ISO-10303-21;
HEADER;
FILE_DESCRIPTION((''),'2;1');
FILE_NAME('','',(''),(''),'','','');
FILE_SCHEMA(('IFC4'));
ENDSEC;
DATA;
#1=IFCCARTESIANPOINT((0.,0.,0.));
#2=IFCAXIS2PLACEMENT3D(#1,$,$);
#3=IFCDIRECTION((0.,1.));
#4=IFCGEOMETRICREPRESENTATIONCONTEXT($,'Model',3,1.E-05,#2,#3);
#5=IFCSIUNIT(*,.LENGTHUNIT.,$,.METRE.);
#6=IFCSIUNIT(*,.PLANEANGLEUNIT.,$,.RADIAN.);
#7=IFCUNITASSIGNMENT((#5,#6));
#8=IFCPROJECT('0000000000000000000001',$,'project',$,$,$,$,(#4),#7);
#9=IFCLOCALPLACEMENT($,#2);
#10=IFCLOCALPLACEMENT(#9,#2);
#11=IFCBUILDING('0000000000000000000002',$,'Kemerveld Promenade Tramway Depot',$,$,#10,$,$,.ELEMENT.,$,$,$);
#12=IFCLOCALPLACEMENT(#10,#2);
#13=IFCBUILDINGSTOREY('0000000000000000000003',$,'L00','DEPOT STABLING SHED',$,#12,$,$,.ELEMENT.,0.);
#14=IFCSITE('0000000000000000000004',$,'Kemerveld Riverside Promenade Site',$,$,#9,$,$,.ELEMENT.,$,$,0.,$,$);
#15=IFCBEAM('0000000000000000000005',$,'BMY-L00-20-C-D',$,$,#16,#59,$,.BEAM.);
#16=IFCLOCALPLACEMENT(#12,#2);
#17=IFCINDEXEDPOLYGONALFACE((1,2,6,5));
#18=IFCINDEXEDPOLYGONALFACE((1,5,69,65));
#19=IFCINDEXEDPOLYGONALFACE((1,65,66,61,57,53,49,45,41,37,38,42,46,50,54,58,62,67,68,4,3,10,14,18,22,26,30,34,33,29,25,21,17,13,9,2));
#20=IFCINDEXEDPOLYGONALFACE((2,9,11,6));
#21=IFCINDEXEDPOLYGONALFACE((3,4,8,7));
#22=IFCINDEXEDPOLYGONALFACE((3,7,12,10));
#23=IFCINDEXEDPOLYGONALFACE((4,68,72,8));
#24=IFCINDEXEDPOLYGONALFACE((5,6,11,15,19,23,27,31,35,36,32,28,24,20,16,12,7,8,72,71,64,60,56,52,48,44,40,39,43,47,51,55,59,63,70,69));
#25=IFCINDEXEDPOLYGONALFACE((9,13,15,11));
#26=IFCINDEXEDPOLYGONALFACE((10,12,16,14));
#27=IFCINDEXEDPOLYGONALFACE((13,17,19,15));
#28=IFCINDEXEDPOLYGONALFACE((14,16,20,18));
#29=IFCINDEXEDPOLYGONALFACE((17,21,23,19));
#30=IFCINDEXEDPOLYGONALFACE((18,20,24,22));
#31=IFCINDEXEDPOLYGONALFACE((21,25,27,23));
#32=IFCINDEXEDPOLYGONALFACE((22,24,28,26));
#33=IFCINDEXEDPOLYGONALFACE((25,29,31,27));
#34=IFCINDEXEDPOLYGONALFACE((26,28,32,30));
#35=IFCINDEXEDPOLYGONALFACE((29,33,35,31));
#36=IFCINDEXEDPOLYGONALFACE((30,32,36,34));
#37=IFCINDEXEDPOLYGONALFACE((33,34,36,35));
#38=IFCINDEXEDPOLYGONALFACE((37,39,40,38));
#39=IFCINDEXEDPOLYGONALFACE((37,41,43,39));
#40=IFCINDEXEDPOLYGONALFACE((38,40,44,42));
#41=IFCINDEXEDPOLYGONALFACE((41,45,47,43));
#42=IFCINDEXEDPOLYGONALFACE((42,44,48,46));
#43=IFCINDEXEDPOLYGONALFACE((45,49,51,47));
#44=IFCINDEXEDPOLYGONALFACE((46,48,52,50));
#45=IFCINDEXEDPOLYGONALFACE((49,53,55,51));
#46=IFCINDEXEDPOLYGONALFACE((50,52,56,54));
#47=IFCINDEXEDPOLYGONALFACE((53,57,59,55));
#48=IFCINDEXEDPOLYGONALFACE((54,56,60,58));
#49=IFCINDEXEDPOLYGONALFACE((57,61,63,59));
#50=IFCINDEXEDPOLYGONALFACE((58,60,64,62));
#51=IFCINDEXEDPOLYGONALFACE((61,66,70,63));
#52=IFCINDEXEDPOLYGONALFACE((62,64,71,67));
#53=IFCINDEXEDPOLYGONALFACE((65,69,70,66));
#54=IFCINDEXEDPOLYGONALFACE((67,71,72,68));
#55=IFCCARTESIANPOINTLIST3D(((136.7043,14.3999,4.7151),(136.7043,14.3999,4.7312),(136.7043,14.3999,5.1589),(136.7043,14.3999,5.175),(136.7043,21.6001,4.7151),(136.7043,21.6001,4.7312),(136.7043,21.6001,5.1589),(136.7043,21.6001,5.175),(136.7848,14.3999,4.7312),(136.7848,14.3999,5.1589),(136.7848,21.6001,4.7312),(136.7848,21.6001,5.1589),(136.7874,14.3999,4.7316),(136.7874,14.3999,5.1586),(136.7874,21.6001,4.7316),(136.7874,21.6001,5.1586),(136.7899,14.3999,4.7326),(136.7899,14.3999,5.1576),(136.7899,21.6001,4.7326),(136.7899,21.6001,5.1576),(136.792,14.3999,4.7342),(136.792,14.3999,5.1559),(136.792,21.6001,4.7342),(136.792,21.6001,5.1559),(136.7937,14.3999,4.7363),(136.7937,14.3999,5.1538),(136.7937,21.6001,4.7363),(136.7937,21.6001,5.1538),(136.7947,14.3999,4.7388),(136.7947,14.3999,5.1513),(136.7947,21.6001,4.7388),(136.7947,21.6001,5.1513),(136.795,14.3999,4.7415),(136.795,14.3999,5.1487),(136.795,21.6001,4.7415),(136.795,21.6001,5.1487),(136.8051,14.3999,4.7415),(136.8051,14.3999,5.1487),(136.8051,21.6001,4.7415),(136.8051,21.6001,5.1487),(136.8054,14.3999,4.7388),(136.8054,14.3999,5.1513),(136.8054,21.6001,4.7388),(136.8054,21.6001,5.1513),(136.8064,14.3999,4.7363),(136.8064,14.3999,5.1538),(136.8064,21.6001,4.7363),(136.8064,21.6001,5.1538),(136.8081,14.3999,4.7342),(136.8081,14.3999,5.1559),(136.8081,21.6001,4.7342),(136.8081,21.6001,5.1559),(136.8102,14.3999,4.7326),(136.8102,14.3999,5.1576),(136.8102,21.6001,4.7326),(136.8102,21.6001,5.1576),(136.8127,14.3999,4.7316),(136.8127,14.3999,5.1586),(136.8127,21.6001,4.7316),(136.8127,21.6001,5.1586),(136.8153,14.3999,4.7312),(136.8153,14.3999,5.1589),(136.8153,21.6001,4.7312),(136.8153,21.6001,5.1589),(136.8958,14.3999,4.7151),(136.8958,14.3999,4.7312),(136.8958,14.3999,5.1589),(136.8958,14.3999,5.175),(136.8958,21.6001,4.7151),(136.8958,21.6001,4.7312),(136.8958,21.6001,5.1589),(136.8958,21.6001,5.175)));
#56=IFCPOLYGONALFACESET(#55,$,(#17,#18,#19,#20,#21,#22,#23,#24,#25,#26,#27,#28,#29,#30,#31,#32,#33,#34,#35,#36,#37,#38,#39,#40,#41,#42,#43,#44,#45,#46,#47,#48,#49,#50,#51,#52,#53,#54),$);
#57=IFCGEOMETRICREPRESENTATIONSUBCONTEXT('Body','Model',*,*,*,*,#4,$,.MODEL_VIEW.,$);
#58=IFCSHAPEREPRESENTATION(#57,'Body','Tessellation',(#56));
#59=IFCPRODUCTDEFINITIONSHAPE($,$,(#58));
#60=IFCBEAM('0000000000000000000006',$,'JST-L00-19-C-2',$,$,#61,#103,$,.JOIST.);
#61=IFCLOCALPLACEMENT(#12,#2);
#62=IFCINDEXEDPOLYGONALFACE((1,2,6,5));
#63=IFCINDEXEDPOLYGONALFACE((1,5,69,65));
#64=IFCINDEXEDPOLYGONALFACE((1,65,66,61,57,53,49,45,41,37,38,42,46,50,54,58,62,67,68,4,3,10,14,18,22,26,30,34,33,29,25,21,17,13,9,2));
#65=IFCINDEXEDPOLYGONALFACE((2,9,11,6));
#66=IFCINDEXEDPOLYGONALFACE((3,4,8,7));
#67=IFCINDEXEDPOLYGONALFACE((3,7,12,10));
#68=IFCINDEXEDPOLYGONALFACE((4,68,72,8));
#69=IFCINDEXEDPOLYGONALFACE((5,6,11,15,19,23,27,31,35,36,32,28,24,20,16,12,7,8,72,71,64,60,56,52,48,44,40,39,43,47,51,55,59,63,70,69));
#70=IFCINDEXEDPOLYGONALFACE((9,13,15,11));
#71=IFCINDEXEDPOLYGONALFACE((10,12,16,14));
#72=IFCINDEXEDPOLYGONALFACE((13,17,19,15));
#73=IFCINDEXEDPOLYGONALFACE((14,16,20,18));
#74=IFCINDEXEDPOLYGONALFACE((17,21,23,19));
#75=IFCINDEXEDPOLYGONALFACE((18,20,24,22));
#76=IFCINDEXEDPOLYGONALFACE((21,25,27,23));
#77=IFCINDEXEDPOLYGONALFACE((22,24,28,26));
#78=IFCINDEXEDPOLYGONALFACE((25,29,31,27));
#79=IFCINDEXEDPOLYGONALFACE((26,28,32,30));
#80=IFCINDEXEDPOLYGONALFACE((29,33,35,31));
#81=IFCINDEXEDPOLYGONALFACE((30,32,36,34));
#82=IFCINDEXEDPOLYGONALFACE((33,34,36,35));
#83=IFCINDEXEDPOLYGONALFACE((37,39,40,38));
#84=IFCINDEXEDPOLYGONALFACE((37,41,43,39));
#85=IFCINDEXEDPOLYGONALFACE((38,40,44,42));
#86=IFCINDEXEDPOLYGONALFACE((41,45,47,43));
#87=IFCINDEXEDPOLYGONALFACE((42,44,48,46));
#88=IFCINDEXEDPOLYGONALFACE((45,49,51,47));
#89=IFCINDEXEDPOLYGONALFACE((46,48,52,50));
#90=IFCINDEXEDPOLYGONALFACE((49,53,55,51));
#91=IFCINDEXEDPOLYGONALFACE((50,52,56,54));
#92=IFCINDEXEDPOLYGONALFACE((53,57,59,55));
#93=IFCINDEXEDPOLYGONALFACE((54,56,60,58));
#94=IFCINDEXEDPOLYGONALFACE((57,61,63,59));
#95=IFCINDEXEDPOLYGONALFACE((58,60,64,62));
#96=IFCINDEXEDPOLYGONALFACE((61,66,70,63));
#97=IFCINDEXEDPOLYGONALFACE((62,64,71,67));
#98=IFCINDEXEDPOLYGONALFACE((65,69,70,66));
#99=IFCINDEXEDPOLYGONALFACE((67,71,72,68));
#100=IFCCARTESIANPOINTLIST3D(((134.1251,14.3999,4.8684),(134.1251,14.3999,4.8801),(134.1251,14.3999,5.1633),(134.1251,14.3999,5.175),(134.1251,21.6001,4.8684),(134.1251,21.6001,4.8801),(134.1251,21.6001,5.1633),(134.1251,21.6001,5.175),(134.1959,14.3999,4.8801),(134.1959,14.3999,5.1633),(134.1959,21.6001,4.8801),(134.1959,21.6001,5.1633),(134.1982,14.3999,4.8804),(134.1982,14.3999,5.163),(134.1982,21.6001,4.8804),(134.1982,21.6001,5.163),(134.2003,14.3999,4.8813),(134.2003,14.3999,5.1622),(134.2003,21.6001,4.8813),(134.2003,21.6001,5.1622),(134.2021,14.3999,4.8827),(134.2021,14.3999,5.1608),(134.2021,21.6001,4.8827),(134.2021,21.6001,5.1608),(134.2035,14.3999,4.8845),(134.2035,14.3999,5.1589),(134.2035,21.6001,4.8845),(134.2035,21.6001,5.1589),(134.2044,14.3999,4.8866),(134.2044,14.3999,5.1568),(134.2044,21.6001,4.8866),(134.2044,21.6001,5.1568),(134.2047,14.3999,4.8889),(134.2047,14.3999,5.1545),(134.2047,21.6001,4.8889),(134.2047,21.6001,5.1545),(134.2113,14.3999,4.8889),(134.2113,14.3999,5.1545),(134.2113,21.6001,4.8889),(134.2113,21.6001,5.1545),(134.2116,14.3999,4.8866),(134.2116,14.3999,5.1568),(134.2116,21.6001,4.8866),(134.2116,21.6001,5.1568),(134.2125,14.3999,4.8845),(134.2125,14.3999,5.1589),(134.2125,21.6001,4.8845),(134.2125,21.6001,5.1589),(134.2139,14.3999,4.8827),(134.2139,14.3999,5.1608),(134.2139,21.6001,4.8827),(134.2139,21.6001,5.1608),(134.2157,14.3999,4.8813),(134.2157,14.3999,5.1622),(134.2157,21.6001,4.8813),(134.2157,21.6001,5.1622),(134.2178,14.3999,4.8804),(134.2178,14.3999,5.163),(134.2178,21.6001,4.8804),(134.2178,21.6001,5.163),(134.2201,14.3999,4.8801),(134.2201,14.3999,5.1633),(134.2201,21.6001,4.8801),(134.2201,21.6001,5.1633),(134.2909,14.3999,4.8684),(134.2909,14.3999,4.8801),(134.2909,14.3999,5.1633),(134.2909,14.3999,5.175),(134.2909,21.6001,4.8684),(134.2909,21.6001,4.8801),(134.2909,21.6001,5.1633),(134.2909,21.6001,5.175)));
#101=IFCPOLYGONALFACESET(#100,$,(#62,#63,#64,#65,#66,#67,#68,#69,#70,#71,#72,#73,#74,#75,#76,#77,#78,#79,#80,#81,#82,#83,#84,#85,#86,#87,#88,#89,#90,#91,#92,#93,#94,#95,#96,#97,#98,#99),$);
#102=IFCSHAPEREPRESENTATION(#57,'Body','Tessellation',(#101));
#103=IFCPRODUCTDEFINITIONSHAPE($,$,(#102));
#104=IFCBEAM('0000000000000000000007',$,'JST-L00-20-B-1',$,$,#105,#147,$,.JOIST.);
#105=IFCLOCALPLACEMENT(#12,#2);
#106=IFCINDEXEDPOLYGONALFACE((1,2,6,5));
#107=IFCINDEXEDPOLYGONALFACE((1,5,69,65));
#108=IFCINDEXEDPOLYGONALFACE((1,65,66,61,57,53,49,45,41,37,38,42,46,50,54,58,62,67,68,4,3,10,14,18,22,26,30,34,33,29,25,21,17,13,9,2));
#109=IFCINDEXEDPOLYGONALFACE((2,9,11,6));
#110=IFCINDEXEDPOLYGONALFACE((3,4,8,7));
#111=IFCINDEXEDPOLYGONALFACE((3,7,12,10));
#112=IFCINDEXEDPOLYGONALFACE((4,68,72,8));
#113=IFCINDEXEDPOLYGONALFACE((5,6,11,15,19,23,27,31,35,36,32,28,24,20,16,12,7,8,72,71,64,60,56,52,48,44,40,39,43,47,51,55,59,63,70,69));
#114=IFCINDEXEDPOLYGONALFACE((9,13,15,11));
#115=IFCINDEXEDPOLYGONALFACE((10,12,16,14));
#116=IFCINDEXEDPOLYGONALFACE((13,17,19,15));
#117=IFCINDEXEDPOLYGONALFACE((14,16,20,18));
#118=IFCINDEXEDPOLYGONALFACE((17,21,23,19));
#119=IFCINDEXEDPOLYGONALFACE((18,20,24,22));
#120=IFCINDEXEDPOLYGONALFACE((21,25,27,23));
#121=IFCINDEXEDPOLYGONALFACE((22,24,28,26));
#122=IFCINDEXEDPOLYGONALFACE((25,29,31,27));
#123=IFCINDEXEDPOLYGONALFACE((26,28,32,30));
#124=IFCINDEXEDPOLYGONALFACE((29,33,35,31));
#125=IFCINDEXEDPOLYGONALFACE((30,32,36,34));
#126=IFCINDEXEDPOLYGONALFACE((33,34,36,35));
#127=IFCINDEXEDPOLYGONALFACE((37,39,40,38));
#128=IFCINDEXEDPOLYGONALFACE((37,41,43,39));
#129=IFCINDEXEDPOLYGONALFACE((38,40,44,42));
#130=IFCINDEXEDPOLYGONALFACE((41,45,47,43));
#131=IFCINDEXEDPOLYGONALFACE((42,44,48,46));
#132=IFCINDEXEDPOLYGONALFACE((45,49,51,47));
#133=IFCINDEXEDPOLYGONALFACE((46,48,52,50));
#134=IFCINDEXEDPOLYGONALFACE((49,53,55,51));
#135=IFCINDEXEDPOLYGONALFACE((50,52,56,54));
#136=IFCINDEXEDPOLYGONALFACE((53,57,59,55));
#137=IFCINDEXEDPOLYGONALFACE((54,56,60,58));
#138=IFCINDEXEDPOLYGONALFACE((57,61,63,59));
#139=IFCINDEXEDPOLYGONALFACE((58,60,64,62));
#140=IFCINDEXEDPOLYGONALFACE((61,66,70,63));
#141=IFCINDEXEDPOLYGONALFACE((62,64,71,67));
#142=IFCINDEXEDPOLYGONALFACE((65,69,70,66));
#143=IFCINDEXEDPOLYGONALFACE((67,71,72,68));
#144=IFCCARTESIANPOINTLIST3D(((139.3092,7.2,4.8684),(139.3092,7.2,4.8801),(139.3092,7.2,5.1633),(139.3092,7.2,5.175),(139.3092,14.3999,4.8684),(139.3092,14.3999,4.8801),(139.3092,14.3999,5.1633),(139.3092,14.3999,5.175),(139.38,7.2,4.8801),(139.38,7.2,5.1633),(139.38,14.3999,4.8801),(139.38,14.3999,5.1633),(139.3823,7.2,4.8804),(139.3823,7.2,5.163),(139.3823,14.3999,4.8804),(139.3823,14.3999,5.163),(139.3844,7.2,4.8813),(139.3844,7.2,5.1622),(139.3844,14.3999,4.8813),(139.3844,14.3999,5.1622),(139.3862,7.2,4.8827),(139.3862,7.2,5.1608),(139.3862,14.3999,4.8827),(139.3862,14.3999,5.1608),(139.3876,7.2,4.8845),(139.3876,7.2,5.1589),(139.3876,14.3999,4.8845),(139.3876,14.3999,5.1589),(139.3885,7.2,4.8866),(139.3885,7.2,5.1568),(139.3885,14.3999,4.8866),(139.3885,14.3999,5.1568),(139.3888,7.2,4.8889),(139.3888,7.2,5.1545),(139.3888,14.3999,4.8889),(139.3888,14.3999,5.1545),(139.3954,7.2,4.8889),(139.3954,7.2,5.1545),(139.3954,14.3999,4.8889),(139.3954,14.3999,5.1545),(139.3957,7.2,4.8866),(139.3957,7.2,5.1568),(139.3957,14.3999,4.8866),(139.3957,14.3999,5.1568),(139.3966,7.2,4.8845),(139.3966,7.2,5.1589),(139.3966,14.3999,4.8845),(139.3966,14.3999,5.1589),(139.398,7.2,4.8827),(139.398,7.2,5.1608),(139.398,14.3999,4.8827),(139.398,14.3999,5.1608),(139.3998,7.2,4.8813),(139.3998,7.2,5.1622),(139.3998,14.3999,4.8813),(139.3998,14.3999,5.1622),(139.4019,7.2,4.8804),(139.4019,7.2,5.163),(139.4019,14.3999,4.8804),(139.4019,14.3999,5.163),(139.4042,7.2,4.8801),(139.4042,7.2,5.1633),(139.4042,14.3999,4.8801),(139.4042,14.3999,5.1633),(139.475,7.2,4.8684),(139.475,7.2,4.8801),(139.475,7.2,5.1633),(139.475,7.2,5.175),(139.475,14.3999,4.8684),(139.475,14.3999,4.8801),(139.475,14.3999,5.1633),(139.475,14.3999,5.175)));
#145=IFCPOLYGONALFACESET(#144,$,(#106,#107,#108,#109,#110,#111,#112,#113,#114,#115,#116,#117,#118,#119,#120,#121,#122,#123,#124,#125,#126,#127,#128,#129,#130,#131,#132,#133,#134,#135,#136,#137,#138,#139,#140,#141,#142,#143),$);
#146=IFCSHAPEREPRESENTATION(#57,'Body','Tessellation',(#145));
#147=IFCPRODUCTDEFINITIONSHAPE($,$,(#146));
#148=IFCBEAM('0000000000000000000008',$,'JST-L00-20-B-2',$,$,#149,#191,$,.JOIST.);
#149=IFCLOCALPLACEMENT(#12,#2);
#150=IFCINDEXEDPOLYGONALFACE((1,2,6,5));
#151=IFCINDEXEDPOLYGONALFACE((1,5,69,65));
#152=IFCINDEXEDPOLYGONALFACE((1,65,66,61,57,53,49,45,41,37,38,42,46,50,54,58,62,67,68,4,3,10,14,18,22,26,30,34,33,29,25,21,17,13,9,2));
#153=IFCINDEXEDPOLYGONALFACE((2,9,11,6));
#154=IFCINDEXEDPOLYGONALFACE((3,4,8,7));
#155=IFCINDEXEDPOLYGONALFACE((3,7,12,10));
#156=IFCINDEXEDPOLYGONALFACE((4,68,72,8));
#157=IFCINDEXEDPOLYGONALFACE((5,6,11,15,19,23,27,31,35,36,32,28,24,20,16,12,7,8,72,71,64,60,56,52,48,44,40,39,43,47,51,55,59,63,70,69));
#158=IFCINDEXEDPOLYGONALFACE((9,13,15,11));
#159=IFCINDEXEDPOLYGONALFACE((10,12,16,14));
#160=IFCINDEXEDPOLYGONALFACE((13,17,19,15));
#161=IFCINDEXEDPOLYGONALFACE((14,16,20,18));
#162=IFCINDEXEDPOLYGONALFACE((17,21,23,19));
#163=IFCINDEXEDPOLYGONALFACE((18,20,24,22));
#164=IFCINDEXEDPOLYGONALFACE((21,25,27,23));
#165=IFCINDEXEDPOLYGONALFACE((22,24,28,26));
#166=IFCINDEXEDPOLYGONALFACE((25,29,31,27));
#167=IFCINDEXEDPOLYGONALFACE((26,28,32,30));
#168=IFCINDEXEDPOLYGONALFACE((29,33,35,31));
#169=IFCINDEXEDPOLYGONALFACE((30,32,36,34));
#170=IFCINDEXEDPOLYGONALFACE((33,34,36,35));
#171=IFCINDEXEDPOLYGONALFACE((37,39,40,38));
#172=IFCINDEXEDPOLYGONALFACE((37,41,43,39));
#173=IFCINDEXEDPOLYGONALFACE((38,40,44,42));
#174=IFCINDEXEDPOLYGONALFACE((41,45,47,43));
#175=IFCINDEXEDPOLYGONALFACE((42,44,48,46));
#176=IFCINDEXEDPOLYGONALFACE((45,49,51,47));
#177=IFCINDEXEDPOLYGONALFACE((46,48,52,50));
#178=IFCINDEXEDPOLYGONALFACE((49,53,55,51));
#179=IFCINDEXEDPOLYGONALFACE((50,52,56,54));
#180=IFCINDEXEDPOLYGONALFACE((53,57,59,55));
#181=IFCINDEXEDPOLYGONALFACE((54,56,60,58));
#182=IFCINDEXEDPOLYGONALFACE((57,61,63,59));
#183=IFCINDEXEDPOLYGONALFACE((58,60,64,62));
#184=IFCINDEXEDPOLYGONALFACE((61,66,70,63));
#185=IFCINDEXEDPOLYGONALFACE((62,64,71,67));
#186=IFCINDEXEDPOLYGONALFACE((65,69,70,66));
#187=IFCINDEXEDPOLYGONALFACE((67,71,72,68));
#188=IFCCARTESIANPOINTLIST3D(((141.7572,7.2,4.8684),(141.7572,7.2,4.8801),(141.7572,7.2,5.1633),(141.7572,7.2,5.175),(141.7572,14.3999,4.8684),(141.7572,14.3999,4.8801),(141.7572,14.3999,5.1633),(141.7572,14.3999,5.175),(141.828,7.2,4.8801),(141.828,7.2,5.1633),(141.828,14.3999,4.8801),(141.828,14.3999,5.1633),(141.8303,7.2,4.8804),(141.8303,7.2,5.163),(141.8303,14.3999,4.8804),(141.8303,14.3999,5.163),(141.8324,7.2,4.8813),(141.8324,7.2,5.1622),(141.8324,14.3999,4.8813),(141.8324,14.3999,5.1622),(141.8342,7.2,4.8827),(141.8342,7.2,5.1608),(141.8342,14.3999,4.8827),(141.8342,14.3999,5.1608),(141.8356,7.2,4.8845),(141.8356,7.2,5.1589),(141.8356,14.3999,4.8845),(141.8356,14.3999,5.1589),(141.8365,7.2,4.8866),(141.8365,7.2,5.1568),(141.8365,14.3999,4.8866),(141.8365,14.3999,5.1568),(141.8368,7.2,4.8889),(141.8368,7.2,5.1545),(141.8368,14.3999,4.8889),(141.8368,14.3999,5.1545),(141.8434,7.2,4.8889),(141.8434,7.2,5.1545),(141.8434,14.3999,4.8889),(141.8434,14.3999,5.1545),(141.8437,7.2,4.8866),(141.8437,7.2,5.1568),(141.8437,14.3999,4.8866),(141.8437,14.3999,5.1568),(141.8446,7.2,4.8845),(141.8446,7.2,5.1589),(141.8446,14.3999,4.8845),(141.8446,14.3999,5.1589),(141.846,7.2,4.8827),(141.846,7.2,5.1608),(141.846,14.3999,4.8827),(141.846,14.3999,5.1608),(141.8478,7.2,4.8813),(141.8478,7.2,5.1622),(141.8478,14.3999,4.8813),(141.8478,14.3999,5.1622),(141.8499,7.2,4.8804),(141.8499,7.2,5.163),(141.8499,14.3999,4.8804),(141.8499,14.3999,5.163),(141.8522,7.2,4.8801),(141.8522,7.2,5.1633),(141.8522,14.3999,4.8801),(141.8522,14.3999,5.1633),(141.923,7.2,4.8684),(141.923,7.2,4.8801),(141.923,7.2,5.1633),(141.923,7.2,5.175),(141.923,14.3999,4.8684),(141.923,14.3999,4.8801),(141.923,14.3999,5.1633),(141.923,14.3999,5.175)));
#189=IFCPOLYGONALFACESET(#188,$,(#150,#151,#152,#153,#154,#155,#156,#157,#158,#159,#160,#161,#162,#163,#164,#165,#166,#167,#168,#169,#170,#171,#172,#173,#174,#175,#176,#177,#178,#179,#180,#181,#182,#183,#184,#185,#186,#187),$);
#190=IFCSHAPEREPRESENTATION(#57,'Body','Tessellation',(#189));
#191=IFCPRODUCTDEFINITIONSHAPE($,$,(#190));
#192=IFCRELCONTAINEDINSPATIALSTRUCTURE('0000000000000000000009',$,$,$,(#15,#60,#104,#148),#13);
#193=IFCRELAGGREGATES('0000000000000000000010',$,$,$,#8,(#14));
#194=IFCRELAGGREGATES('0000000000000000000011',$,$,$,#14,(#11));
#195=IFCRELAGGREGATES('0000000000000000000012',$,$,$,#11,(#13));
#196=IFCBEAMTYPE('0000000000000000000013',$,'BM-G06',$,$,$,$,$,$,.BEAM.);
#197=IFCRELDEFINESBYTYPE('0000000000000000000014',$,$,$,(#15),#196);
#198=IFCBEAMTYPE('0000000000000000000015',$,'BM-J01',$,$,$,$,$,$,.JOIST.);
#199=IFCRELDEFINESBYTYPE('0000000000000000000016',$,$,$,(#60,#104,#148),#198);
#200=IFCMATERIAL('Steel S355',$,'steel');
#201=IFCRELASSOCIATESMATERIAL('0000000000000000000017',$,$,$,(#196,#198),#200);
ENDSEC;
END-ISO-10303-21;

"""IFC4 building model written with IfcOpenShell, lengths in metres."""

from ifc_helpers import new_model, si_unit, direction, frame, origin, origin_2d, place, context, subcontext, project, spatial, i_section, extrude, material, material_profile, profile_set, type_object, element, save


model = new_model("IFC4")

# Units and contexts
model_context = context("Model", 3, precision=1e-05, world=origin(), true_north=direction((0.0, 1.0)))
body_context = subcontext(model_context, "Body", "Model", "MODEL_VIEW")
ifc_project = project(units=[si_unit("LENGTHUNIT", "METRE"), si_unit("PLANEANGLEUNIT", "RADIAN")], contexts=[model_context])

# Site, building, storey
site_placement = place(None, origin())
site = spatial("IfcSite", under=ifc_project, at=site_placement, Name="Kemerveld Riverside Promenade Site", CompositionType="ELEMENT", RefElevation=0.0)
building_placement = place(site_placement, origin())
building = spatial("IfcBuilding", under=site, at=building_placement, Name="Kemerveld Promenade Tramway Depot", CompositionType="ELEMENT")
storey_placement = place(building_placement, origin())
storey = spatial("IfcBuildingStorey", under=building, at=storey_placement, Name="L00", Description="DEPOT STABLING SHED", CompositionType="ELEMENT", Elevation=0.0)

# Shared definitions
ifc_material_1 = material(Name="Steel S355", Category="steel")

# Beams
ifc_material_profile_1 = material_profile(ifc_material_1, i_section(OverallWidth=0.1914, OverallDepth=0.46, WebThickness=0.01, FlangeThickness=0.0161, FilletRadius=0.0103, at=origin_2d()), Name="457x191x82 UB")
ifc_profile_set_1 = profile_set([ifc_material_profile_1], Name="Steel S355")
beam_type_1 = type_object("IfcBeamType", Name="BM-G06", PredefinedType="BEAM", material=ifc_profile_set_1)
beam_1_placement = place(storey_placement, frame((136.8, 14.3999, 4.9451), z_axis=(0.0, 1.0, 0.0), x_axis=(-1.0, 0.0, 0.0)))
element("IfcBeam", 1, at=beam_1_placement, inside=storey, type_object=beam_type_1, Name="BMY-L00-20-C-D", PredefinedType="BEAM", context=body_context, shape_type="SweptSolid", body=[
    extrude(i_section(OverallWidth=0.1914, OverallDepth=0.46, WebThickness=0.01, FlangeThickness=0.0161, FilletRadius=0.0103, at=origin_2d()), origin(), (0.0, 0.0, 1.0), 7.2002),
])
ifc_material_profile_2 = material_profile(ifc_material_1, i_section(OverallWidth=0.1658, OverallDepth=0.3066, WebThickness=0.0066, FlangeThickness=0.0117, FilletRadius=0.0088, at=origin_2d()), Name="305x165x46 UB")
ifc_profile_set_2 = profile_set([ifc_material_profile_2], Name="Steel S355")
beam_type_2 = type_object("IfcBeamType", Name="BM-J01", PredefinedType="JOIST", material=ifc_profile_set_2)
beam_2_placement = place(storey_placement, frame((134.208, 14.3999, 5.0217), z_axis=(0.0, 1.0, 0.0), x_axis=(-1.0, 0.0, 0.0)))
element("IfcBeam", 2, at=beam_2_placement, inside=storey, type_object=beam_type_2, Name="JST-L00-19-C-2", PredefinedType="JOIST", context=body_context, shape_type="SweptSolid", body=[
    extrude(i_section(OverallWidth=0.1658, OverallDepth=0.3066, WebThickness=0.0066, FlangeThickness=0.0117, FilletRadius=0.0088, at=origin_2d()), origin(), (0.0, 0.0, 1.0), 7.2002),
])
for number, where, z_axis, x_axis, name in (
    (3, (139.3921, 7.2, 5.0217), (0.0, 1.0, 0.0), (-1.0, 0.0, 0.0), "JST-L00-20-B-1"),
    (4, (141.8401, 7.2, 5.0217), (0.0, 1.0, 0.0), (-1.0, 0.0, 0.0), "JST-L00-20-B-2"),
):
    element("IfcBeam", number, at=place(storey_placement, frame(where, z_axis=z_axis, x_axis=x_axis)), inside=storey, type_object=beam_type_2, Name=name, PredefinedType="JOIST", context=body_context, shape_type="SweptSolid", body=[
        extrude(i_section(OverallWidth=0.1658, OverallDepth=0.3066, WebThickness=0.0066, FlangeThickness=0.0117, FilletRadius=0.0088, at=origin_2d()), origin(), (0.0, 0.0, 1.0), 7.2),
    ])

save(model, "model.ifc")
